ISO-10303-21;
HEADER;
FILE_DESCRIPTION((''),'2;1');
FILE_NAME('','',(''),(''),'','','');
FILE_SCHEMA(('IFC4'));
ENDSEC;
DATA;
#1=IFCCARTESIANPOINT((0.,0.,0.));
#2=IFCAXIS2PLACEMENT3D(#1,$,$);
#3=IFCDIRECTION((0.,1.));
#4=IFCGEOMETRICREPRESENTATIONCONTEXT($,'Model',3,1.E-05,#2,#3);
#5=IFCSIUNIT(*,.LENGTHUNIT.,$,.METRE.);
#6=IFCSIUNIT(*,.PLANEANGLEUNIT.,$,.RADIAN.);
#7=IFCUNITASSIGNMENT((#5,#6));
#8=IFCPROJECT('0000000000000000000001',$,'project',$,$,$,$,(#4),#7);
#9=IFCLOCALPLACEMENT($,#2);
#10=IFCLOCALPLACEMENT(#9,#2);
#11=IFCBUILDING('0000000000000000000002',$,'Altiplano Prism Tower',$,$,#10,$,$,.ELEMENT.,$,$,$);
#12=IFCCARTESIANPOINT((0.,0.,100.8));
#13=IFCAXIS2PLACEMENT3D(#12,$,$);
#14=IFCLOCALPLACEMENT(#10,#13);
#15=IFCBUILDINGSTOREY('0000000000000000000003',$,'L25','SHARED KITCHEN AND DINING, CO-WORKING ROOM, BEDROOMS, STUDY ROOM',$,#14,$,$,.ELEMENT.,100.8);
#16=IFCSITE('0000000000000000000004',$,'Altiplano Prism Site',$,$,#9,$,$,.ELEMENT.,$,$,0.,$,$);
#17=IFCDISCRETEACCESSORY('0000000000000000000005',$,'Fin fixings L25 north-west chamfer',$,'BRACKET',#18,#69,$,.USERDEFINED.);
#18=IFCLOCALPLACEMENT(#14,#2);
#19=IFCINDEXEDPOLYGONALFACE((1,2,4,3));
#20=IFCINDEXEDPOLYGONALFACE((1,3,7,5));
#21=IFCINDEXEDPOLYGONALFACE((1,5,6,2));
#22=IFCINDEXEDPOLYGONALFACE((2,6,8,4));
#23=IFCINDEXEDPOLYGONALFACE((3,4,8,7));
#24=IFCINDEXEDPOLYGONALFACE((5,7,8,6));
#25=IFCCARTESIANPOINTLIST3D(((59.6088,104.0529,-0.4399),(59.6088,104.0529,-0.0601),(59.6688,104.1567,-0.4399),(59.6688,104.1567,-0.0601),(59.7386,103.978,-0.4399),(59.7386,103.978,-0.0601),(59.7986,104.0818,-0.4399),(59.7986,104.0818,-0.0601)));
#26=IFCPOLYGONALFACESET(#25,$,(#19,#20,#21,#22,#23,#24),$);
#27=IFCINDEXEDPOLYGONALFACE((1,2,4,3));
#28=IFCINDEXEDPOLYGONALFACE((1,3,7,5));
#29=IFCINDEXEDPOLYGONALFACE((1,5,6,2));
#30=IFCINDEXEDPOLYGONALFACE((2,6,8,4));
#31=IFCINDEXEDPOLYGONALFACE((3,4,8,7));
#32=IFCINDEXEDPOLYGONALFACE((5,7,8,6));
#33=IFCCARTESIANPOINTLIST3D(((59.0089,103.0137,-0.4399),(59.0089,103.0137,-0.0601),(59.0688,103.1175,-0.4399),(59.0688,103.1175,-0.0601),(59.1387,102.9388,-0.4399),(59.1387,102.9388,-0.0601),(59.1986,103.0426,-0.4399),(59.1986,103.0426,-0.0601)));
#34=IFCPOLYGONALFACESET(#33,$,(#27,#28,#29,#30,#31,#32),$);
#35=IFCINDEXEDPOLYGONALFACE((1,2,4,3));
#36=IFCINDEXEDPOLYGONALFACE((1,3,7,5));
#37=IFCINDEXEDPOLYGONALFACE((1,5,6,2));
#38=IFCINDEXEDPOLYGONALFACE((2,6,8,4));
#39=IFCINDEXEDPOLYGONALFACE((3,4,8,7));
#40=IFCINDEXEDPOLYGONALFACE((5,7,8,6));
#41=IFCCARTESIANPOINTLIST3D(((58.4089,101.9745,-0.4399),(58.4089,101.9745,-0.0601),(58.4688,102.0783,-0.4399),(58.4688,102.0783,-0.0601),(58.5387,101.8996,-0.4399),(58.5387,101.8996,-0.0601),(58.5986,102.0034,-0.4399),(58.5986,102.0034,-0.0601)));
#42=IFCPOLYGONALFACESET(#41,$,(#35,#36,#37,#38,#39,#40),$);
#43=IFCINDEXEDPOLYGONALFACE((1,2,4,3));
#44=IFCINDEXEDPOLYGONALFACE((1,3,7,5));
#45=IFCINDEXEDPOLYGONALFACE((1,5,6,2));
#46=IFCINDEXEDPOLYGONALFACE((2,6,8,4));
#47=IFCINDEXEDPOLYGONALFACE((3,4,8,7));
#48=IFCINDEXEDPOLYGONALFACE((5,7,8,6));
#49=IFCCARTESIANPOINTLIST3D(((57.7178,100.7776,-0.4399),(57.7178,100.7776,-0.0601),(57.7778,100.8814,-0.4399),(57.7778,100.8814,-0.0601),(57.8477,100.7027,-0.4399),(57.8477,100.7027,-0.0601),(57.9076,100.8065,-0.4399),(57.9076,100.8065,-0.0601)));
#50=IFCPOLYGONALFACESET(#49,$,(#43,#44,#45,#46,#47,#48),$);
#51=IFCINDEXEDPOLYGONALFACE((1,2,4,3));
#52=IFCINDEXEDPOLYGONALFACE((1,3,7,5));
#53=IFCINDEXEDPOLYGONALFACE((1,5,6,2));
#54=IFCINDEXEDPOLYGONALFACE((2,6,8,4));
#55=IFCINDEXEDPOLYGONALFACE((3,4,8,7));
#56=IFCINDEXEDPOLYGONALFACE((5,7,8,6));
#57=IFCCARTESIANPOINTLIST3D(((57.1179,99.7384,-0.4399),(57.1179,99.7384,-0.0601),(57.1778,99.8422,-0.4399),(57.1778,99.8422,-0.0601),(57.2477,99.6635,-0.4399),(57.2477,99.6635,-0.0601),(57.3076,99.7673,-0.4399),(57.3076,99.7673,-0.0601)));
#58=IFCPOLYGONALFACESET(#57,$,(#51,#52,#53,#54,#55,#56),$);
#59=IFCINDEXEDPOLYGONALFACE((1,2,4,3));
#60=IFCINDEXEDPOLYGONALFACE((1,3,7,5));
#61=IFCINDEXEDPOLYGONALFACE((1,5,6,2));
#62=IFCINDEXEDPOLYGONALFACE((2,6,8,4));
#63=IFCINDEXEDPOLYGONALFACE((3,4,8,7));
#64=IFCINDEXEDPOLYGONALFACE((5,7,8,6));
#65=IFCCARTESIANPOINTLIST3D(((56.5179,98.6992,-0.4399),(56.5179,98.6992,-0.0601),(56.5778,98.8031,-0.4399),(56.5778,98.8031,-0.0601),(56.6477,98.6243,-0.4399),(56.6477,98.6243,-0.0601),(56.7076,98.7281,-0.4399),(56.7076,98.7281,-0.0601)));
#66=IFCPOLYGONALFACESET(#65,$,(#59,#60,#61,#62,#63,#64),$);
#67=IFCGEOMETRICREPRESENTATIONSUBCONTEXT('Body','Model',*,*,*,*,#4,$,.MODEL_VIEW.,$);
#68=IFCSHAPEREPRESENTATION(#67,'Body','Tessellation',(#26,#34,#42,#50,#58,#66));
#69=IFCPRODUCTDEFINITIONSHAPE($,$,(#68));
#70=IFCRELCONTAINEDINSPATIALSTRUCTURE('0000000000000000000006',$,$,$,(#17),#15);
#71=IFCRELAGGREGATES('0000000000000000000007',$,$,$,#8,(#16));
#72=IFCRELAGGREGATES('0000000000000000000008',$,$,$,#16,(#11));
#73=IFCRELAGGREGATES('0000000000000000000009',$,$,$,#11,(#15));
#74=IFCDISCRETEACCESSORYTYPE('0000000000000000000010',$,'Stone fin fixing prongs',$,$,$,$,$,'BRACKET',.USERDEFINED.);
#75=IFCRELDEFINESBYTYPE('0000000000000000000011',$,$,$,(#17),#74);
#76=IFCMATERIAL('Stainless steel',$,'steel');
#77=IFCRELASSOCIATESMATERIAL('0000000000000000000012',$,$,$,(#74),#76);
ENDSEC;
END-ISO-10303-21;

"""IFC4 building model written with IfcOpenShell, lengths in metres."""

from ifc_helpers import new_model, si_unit, direction, frame, origin, place, context, subcontext, project, spatial, polyline, outline, extrude, source, transform, mapped, material, type_object, element, save


model = new_model("IFC4")

# Units and contexts
model_context = context("Model", 3, precision=1e-05, world=origin(), true_north=direction((0.0, 1.0)))
body_context = subcontext(model_context, "Body", "Model", "MODEL_VIEW")
ifc_project = project(units=[si_unit("LENGTHUNIT", "METRE"), si_unit("PLANEANGLEUNIT", "RADIAN")], contexts=[model_context])

# Site, building, storey
site_placement = place(None, origin())
site = spatial("IfcSite", under=ifc_project, at=site_placement, Name="Altiplano Prism Site", CompositionType="ELEMENT", RefElevation=0.0)
building_placement = place(site_placement, origin())
building = spatial("IfcBuilding", under=site, at=building_placement, Name="Altiplano Prism Tower", CompositionType="ELEMENT")
storey_placement = place(building_placement, frame((0.0, 0.0, 100.8)))
storey = spatial("IfcBuildingStorey", under=building, at=storey_placement, Name="L25", Description="SHARED KITCHEN AND DINING, CO-WORKING ROOM, BEDROOMS, STUDY ROOM", CompositionType="ELEMENT", Elevation=100.8)

# Discrete accessory
ifc_material_1 = material(Name="Stainless steel", Category="steel")
discrete_accessory_type = type_object("IfcDiscreteAccessoryType", Name="Stone fin fixing prongs", ElementType="BRACKET", PredefinedType="USERDEFINED", material=ifc_material_1)
shared_shape_1 = source(origin(), body_context, "Body", "SweptSolid", [
    extrude(outline(polyline([(-3.1509, 0.0601), (-3.031, 0.0601), (-3.031, 0.4399), (-3.1509, 0.4399), (-3.1509, 0.0601)])), frame((0.0, 0.0, 0.0), z_axis=(0.0, -1.0, 0.0), x_axis=(1.0, 0.0, 0.0)), (0.0, 0.0, 1.0), 0.1499),
    extrude(outline(polyline([(-1.9509, 0.0601), (-1.8311, 0.0601), (-1.8311, 0.4399), (-1.9509, 0.4399), (-1.9509, 0.0601)])), frame((0.0, 0.0, 0.0), z_axis=(0.0, -1.0, 0.0), x_axis=(1.0, 0.0, 0.0)), (0.0, 0.0, 1.0), 0.1499),
    extrude(outline(polyline([(-0.751, 0.0601), (-0.6311, 0.0601), (-0.6311, 0.4399), (-0.751, 0.4399), (-0.751, 0.0601)])), frame((0.0, 0.0, 0.0), z_axis=(0.0, -1.0, 0.0), x_axis=(1.0, 0.0, 0.0)), (0.0, 0.0, 1.0), 0.1499),
    extrude(outline(polyline([(0.6311, 0.0601), (0.751, 0.0601), (0.751, 0.4399), (0.6311, 0.4399), (0.6311, 0.0601)])), frame((0.0, 0.0, 0.0), z_axis=(0.0, -1.0, 0.0), x_axis=(1.0, 0.0, 0.0)), (0.0, 0.0, 1.0), 0.1499),
    extrude(outline(polyline([(1.8311, 0.0601), (1.9509, 0.0601), (1.9509, 0.4399), (1.8311, 0.4399), (1.8311, 0.0601)])), frame((0.0, 0.0, 0.0), z_axis=(0.0, -1.0, 0.0), x_axis=(1.0, 0.0, 0.0)), (0.0, 0.0, 1.0), 0.1499),
    extrude(outline(polyline([(3.031, 0.0601), (3.1509, 0.0601), (3.1509, 0.4399), (3.031, 0.4399), (3.031, 0.0601)])), frame((0.0, 0.0, 0.0), z_axis=(0.0, -1.0, 0.0), x_axis=(1.0, 0.0, 0.0)), (0.0, 0.0, 1.0), 0.1499),
])
discrete_accessory_1_placement = place(storey_placement, origin())
element("IfcDiscreteAccessory", 1, at=discrete_accessory_1_placement, inside=storey, type_object=discrete_accessory_type, Name="Fin fixings L25 north-west chamfer", ObjectType="BRACKET", PredefinedType="USERDEFINED", context=body_context, shape_type="MappedRepresentation", body=[
    mapped(shared_shape_1, transform((58.2231, 101.353, -0.5), x_axis=(-0.5, -0.866025, 0.0), y_axis=(0.866025, -0.5, 0.0), z_axis=(0.0, 0.0, 1.0))),
])

save(model, "model.ifc")
